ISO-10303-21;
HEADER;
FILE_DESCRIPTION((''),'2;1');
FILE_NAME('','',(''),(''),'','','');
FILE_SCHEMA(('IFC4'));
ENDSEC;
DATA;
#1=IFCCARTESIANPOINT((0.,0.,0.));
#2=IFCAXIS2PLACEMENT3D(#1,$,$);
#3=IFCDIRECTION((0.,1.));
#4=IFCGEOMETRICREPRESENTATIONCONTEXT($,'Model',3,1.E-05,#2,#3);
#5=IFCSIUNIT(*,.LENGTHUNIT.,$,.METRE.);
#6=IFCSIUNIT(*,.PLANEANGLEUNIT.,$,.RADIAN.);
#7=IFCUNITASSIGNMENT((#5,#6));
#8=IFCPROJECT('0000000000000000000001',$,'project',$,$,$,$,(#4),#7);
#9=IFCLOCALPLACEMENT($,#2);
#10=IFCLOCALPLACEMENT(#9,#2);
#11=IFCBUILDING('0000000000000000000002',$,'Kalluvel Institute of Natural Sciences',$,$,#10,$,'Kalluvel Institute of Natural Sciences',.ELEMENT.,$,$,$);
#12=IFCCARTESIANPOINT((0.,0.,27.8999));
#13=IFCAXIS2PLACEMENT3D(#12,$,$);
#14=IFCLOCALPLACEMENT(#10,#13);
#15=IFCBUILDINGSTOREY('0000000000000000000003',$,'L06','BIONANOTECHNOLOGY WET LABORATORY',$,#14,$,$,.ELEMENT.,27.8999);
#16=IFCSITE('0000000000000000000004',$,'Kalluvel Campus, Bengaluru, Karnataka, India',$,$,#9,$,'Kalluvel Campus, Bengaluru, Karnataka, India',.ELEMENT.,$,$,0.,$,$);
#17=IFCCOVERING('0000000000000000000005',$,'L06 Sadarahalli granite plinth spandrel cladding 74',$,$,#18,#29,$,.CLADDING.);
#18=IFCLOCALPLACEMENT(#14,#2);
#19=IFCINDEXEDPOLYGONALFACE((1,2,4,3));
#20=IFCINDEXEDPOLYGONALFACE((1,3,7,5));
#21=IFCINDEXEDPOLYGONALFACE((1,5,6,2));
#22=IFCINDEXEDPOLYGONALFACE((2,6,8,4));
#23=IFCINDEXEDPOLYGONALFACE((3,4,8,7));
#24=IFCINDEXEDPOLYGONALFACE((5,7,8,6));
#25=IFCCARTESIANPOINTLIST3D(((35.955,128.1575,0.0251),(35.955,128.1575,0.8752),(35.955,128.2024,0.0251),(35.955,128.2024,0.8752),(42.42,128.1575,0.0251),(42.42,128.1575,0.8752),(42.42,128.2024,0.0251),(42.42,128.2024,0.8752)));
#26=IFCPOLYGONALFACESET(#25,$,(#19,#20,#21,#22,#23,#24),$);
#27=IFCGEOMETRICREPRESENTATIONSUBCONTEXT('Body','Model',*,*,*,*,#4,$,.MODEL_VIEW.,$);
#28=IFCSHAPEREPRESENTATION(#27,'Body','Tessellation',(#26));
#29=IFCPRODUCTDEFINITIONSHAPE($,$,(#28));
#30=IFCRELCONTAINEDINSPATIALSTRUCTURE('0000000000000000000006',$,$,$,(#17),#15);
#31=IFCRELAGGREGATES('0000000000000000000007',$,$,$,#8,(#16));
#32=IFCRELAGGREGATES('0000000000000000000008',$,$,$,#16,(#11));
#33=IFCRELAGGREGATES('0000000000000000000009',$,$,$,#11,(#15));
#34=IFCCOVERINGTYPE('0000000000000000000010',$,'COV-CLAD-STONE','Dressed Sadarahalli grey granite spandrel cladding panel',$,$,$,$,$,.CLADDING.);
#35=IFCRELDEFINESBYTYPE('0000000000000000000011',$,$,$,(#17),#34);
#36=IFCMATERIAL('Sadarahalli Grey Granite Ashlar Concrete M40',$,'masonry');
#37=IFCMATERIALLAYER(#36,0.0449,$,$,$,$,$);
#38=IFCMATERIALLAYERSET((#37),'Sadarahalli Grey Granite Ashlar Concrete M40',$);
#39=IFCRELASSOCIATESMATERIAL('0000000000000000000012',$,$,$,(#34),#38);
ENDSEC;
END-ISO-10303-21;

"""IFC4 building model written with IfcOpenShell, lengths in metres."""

from ifc_helpers import new_model, si_unit, direction, frame, origin, origin_2d, place, context, subcontext, project, spatial, rectangle, extrude, material, layer, layer_set, type_object, element, save


model = new_model("IFC4")

# Units and contexts
model_context = context("Model", 3, precision=1e-05, world=origin(), true_north=direction((0.0, 1.0)))
body_context = subcontext(model_context, "Body", "Model", "MODEL_VIEW")
ifc_project = project(units=[si_unit("LENGTHUNIT", "METRE"), si_unit("PLANEANGLEUNIT", "RADIAN")], contexts=[model_context])

# Site, building, storey
site_placement = place(None, origin())
site = spatial("IfcSite", under=ifc_project, at=site_placement, Name="Kalluvel Campus, Bengaluru, Karnataka, India", LongName="Kalluvel Campus, Bengaluru, Karnataka, India", CompositionType="ELEMENT", RefElevation=0.0)
building_placement = place(site_placement, origin())
building = spatial("IfcBuilding", under=site, at=building_placement, Name="Kalluvel Institute of Natural Sciences", LongName="Kalluvel Institute of Natural Sciences", CompositionType="ELEMENT")
storey_placement = place(building_placement, frame((0.0, 0.0, 27.8999)))
storey = spatial("IfcBuildingStorey", under=building, at=storey_placement, Name="L06", Description="BIONANOTECHNOLOGY WET LABORATORY", CompositionType="ELEMENT", Elevation=27.8999)

# Shared definitions
ifc_material_1 = material(Name="Sadarahalli Grey Granite Ashlar Concrete M40", Category="masonry")

# Covering
ifc_layer_1 = layer(ifc_material_1, 0.0449)
ifc_layer_set_1 = layer_set([ifc_layer_1], Name="Sadarahalli Grey Granite Ashlar Concrete M40")
covering_type = type_object("IfcCoveringType", Name="COV-CLAD-STONE", Description="Dressed Sadarahalli grey granite spandrel cladding panel", PredefinedType="CLADDING", material=ifc_layer_set_1)
covering_1_placement = place(storey_placement, frame((39.1875, 128.1799, 0.0251), z_axis=(0.0, 0.0, 1.0), x_axis=(1.0, 0.0, 0.0)))
element("IfcCovering", 1, at=covering_1_placement, inside=storey, type_object=covering_type, Name="L06 Sadarahalli granite plinth spandrel cladding 74", PredefinedType="CLADDING", context=body_context, shape_type="SweptSolid", body=[
    extrude(rectangle(XDim=6.4651, YDim=0.0449, at=origin_2d()), origin(), (0.0, 0.0, 1.0), 0.8501),
])

save(model, "model.ifc")
